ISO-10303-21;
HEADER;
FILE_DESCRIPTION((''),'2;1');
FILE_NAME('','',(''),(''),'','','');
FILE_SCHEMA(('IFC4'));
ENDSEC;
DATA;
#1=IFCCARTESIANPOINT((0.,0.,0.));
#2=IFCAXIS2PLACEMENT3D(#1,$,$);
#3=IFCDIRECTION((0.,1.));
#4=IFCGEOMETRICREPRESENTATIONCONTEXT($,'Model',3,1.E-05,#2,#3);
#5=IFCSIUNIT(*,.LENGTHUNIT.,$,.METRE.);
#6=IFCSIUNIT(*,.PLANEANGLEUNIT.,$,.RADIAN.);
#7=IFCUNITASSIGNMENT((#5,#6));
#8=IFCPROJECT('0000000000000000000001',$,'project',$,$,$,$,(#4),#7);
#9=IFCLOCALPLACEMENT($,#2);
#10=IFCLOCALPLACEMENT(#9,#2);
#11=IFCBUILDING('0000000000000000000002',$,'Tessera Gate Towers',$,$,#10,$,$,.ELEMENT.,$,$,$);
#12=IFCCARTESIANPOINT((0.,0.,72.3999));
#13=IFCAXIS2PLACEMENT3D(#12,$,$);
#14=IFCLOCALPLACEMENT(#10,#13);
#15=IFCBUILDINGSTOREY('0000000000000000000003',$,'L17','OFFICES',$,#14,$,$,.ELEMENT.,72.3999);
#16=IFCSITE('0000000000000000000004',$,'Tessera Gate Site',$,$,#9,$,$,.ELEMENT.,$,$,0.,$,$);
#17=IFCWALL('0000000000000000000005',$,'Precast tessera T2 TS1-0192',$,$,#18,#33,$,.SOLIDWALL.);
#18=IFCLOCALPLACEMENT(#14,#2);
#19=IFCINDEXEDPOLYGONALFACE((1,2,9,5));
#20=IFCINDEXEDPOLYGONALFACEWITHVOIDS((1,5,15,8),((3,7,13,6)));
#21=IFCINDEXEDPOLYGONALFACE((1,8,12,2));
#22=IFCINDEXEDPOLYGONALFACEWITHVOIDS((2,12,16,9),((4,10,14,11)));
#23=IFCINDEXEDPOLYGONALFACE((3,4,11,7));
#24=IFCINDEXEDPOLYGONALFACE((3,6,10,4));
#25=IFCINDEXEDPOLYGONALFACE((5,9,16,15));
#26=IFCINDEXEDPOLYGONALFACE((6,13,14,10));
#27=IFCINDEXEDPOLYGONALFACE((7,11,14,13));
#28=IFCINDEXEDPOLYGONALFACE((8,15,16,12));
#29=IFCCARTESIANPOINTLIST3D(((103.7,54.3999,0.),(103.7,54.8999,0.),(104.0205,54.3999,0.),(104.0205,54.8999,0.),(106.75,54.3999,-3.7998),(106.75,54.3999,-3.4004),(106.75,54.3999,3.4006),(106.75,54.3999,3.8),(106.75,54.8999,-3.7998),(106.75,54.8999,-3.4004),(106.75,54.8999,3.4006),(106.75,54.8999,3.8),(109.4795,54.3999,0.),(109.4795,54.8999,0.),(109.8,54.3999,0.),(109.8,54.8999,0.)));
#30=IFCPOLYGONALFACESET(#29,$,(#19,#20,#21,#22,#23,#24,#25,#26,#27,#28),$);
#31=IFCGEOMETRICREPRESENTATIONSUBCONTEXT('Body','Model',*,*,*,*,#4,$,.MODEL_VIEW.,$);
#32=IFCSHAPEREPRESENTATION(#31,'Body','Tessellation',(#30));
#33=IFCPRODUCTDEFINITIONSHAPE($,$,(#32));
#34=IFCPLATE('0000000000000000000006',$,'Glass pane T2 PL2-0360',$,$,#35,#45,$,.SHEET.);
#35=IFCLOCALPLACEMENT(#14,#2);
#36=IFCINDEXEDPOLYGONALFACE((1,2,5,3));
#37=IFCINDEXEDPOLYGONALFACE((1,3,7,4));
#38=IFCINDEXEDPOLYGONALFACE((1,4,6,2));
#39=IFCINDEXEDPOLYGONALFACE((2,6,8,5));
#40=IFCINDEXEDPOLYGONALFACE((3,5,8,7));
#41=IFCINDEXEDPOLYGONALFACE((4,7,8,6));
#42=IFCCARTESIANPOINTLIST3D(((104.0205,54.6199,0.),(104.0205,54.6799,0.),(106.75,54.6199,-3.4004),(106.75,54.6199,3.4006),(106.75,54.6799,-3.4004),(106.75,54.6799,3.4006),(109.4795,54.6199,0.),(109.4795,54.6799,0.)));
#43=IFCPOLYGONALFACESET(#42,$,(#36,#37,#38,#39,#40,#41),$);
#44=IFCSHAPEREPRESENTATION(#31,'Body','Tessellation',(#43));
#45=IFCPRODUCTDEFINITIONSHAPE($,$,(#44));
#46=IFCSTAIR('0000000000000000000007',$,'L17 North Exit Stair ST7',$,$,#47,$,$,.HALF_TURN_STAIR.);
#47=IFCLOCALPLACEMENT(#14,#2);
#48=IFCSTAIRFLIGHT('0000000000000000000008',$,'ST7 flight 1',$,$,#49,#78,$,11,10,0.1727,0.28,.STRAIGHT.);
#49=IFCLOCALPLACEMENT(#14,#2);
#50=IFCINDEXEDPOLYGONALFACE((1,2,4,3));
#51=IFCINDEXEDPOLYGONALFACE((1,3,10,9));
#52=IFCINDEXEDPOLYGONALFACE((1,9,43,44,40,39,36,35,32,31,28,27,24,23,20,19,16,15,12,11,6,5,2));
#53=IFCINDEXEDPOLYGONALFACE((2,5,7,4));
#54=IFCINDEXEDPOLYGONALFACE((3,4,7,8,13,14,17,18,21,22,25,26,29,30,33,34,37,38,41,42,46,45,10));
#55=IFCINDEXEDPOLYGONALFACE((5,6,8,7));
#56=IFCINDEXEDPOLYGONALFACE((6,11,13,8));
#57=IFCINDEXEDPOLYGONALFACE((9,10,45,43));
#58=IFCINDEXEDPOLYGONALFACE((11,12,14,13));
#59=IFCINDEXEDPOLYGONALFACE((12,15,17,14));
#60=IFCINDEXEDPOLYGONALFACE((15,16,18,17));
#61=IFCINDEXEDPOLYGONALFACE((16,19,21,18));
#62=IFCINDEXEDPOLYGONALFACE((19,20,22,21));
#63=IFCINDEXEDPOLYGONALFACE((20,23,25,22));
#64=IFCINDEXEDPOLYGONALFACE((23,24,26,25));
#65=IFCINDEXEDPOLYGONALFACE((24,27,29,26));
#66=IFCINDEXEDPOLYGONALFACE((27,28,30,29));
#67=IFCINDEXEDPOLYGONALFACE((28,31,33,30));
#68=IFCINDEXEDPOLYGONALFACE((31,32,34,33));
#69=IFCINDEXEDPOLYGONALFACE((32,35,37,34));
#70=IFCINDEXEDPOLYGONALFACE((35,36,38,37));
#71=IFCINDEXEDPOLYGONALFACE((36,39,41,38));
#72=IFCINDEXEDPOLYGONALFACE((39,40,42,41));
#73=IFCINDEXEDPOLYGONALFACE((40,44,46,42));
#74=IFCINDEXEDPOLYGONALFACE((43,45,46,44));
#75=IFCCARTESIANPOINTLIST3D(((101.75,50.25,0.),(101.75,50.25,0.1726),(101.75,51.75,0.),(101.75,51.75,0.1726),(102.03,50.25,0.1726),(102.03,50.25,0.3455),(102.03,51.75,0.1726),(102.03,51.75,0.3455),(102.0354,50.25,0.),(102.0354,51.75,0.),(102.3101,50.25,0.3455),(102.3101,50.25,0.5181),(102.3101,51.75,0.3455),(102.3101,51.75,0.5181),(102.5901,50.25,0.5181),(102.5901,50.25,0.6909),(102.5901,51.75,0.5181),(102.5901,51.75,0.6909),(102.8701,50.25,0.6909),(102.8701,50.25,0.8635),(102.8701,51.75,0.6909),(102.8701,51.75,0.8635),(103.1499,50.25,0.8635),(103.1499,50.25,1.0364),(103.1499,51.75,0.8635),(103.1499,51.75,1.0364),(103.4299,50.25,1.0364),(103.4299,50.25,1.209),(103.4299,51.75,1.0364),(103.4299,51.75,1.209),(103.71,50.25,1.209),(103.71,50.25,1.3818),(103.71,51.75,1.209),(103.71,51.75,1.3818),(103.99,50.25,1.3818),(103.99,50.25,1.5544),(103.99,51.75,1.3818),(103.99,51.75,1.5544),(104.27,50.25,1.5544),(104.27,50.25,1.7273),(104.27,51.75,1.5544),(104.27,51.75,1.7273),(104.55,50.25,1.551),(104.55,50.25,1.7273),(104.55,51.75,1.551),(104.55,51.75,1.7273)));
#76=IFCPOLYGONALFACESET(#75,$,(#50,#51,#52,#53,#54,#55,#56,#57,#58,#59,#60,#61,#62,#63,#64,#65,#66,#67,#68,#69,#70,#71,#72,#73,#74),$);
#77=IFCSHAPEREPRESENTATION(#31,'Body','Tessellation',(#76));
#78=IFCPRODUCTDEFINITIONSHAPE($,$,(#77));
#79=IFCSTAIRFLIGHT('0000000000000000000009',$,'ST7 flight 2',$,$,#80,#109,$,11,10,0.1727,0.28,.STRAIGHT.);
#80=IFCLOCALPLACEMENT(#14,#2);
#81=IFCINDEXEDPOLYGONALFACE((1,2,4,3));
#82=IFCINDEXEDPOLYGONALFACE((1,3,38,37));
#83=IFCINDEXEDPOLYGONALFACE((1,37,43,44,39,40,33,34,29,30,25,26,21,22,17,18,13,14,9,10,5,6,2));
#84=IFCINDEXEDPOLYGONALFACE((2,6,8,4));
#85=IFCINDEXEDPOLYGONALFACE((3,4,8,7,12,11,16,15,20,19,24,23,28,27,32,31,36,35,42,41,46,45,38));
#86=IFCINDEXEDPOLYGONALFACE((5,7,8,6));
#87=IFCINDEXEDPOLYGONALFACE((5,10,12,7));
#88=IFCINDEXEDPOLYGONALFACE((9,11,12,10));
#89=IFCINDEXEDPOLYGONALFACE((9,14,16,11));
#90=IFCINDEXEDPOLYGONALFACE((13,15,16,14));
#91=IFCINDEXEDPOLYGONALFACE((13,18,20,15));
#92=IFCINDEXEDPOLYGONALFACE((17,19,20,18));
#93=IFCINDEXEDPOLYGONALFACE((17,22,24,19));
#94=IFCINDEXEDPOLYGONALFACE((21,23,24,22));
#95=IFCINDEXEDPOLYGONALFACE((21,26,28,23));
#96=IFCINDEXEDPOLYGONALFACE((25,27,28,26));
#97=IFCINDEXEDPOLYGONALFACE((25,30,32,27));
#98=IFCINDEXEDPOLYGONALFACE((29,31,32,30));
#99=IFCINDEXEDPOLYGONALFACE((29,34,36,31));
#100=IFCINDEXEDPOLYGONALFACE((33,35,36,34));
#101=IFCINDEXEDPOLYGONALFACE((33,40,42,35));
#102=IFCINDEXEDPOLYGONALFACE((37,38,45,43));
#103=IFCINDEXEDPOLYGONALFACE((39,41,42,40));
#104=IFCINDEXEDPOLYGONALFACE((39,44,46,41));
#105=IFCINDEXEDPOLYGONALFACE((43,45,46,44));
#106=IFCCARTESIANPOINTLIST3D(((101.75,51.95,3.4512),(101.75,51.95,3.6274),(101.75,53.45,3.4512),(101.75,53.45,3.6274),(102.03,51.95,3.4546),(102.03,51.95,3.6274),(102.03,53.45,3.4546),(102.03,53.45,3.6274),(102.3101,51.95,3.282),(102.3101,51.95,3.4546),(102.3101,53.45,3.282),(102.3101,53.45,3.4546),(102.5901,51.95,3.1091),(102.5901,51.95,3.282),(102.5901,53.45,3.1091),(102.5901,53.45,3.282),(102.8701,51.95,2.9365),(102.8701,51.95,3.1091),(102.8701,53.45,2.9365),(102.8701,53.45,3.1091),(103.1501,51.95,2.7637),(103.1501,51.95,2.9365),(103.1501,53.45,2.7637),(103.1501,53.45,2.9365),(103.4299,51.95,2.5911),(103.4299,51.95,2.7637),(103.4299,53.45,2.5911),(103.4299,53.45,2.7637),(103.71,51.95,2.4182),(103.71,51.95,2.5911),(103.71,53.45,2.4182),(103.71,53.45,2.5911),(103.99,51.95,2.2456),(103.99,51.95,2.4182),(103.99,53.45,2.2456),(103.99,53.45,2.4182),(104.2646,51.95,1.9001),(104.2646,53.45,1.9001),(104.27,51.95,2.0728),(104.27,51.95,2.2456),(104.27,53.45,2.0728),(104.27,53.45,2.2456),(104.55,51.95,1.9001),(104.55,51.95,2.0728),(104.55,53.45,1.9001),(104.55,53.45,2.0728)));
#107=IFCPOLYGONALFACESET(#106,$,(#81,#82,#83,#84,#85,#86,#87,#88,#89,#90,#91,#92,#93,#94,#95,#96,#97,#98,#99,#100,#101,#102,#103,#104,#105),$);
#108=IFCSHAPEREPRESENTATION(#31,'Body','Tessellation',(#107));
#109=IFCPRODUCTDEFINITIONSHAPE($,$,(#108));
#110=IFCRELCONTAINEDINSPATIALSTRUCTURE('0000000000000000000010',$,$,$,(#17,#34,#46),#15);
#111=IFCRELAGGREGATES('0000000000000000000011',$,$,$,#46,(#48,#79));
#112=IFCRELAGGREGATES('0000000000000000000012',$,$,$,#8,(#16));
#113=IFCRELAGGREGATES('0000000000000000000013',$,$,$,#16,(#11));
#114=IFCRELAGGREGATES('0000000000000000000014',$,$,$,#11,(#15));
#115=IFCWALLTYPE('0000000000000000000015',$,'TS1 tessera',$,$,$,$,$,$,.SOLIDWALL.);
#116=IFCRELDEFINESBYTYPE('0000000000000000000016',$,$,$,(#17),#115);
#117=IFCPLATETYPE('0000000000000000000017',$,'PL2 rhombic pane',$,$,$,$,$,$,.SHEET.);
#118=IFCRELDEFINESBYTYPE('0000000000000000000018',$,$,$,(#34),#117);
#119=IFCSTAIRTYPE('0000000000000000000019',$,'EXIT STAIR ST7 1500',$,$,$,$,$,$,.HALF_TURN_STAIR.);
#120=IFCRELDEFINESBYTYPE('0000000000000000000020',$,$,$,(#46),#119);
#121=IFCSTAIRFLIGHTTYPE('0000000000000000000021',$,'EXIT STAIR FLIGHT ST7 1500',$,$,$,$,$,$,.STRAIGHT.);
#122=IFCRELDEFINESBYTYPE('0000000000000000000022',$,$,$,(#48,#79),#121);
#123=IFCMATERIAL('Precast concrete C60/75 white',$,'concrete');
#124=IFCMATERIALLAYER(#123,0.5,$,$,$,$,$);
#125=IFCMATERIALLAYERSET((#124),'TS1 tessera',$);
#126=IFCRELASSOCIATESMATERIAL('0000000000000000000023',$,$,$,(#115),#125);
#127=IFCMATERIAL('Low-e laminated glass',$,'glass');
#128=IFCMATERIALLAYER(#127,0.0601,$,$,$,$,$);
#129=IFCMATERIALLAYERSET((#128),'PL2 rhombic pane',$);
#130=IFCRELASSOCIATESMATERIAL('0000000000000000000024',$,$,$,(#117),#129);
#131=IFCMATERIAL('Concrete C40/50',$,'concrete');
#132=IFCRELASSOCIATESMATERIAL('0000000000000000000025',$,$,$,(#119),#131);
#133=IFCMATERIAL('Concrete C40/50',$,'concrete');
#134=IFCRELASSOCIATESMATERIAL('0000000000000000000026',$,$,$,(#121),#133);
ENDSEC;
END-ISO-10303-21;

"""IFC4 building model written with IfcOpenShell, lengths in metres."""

from ifc_helpers import new_model, si_unit, direction, frame, origin, place, context, subcontext, project, spatial, polyline, outline, extrude, source, transform, mapped, material, layer, layer_set, type_object, element, fill, aggregate, save


model = new_model("IFC4")

# Units and contexts
model_context = context("Model", 3, precision=1e-05, world=origin(), true_north=direction((0.0, 1.0)))
body_context = subcontext(model_context, "Body", "Model", "MODEL_VIEW")
ifc_project = project(units=[si_unit("LENGTHUNIT", "METRE"), si_unit("PLANEANGLEUNIT", "RADIAN")], contexts=[model_context])

# Site, building, storey
site_placement = place(None, origin())
site = spatial("IfcSite", under=ifc_project, at=site_placement, Name="Tessera Gate Site", CompositionType="ELEMENT", RefElevation=0.0)
building_placement = place(site_placement, origin())
building = spatial("IfcBuilding", under=site, at=building_placement, Name="Tessera Gate Towers", CompositionType="ELEMENT")
storey_placement = place(building_placement, frame((0.0, 0.0, 72.3999)))
storey = spatial("IfcBuildingStorey", under=building, at=storey_placement, Name="L17", Description="OFFICES", CompositionType="ELEMENT", Elevation=72.3999)

# Wall, opening, plate
ifc_material_1 = material(Name="Precast concrete C60/75 white", Category="concrete")
ifc_layer_1 = layer(ifc_material_1, 0.5)
ifc_layer_set_1 = layer_set([ifc_layer_1], Name="TS1 tessera")
wall_type_1 = type_object("IfcWallType", Name="TS1 tessera", PredefinedType="SOLIDWALL", material=ifc_layer_set_1)
shared_shape_1 = source(origin(), body_context, "Body", "SweptSolid", [
    extrude(outline(polyline([(3.05, 0.0), (6.1001, 3.7998), (3.05, 7.5999), (0.0, 3.7998), (3.05, 0.0)])), frame((0.0, 0.25, 0.0), z_axis=(0.0, -1.0, 0.0), x_axis=(1.0, 0.0, 0.0)), (0.0, 0.0, 1.0), 0.5),
])
wall_1_placement = place(storey_placement, frame((109.8, 54.6499, -3.7998), z_axis=(0.0, 0.0, 1.0), x_axis=(-1.0, 0.0, 0.0)))
wall_1 = element("IfcWall", 1, at=wall_1_placement, inside=storey, type_object=wall_type_1, Name="Precast tessera T2 TS1-0192", PredefinedType="SOLIDWALL", context=body_context, shape_type="MappedRepresentation", body=[
    mapped(shared_shape_1, transform((0.0, 0.0, 0.0), scale=1.0)),
])
shared_shape_2 = source(origin(), body_context, "Body", "SweptSolid", [
    extrude(outline(polyline([(3.05, 0.3994), (5.7795, 3.7998), (3.05, 7.2004), (0.3206, 3.7998), (3.05, 0.3994)])), frame((0.0, 0.26, 0.0), z_axis=(0.0, -1.0, 0.0), x_axis=(1.0, 0.0, 0.0)), (0.0, 0.0, 1.0), 0.52),
])
opening_1_placement = place(wall_1_placement, origin())
opening_1 = element("IfcOpeningElement", 2, at=opening_1_placement, cuts=wall_1, PredefinedType="OPENING", context=body_context, shape_type="MappedRepresentation", body=[
    mapped(shared_shape_2, transform((0.0, 0.0, 0.0), scale=1.0)),
])
ifc_material_2 = material(Name="Low-e laminated glass", Category="glass")
ifc_layer_2 = layer(ifc_material_2, 0.0601)
ifc_layer_set_2 = layer_set([ifc_layer_2], Name="PL2 rhombic pane")
plate_type = type_object("IfcPlateType", Name="PL2 rhombic pane", PredefinedType="SHEET", material=ifc_layer_set_2)
shared_shape_3 = source(origin(), body_context, "Body", "SweptSolid", [
    extrude(outline(polyline([(3.05, 0.3994), (5.7795, 3.7998), (3.05, 7.2004), (0.3206, 3.7998), (3.05, 0.3994)])), frame((0.0, 0.03, 0.0), z_axis=(0.0, -1.0, 0.0), x_axis=(1.0, 0.0, 0.0)), (0.0, 0.0, 1.0), 0.0601),
])
plate_placement = place(opening_1_placement, origin())
plate = element("IfcPlate", 3, at=plate_placement, inside=storey, type_object=plate_type, Name="Glass pane T2 PL2-0360", PredefinedType="SHEET", context=body_context, shape_type="MappedRepresentation", body=[
    mapped(shared_shape_3, transform((0.0, 0.0, 0.0), scale=1.0)),
])
fill(opening_1, plate)

# Stair, stair flights
ifc_material_3 = material(Name="Concrete C40/50", Category="concrete")
stair_type = type_object("IfcStairType", Name="EXIT STAIR ST7 1500", PredefinedType="HALF_TURN_STAIR", material=ifc_material_3)
stair_placement = place(storey_placement, origin())
stair = element("IfcStair", 4, at=stair_placement, inside=storey, type_object=stair_type, Name="L17 North Exit Stair ST7", PredefinedType="HALF_TURN_STAIR")
ifc_material_4 = material(Name="Concrete C40/50", Category="concrete")
stair_flight_type = type_object("IfcStairFlightType", Name="EXIT STAIR FLIGHT ST7 1500", PredefinedType="STRAIGHT", material=ifc_material_4)
stair_flight_1_placement = place(storey_placement, frame((101.75, 51.0, 0.0), z_axis=(0.0, 0.0, 1.0), x_axis=(1.0, 0.0, 0.0)))
stair_flight_1 = element("IfcStairFlight", 5, at=stair_flight_1_placement, type_object=stair_flight_type, Name="ST7 flight 1", NumberOfRisers=11, NumberOfTreads=10, PredefinedType="STRAIGHT", RiserHeight=0.1727, TreadLength=0.28, context=body_context, shape_type="SweptSolid", body=[
    extrude(outline(polyline([(0.0, 0.0), (0.0, 0.1726), (0.28, 0.1726), (0.28, 0.3455), (0.5601, 0.3455), (0.5601, 0.5181), (0.8401, 0.5181), (0.8401, 0.6909), (1.1201, 0.6909), (1.1201, 0.8635), (1.3999, 0.8635), (1.3999, 1.0364), (1.6799, 1.0364), (1.6799, 1.209), (1.96, 1.209), (1.96, 1.3818), (2.24, 1.3818), (2.24, 1.5544), (2.52, 1.5544), (2.52, 1.7273), (2.8, 1.7273), (2.8, 1.8999), (2.8, 1.551), (0.2854, 0.0), (0.0, 0.0)])), frame((0.0, 0.75, 0.0), z_axis=(0.0, -1.0, 0.0), x_axis=(1.0, 0.0, 0.0)), (0.0, 0.0, 1.0), 1.5),
])
stair_flight_2_placement = place(storey_placement, frame((104.55, 52.7, 1.9001), z_axis=(0.0, 0.0, 1.0), x_axis=(-1.0, 0.0, 0.0)))
stair_flight_2 = element("IfcStairFlight", 6, at=stair_flight_2_placement, type_object=stair_flight_type, Name="ST7 flight 2", NumberOfRisers=11, NumberOfTreads=10, PredefinedType="STRAIGHT", RiserHeight=0.1727, TreadLength=0.28, context=body_context, shape_type="SweptSolid", body=[
    extrude(outline(polyline([(0.0, 0.0), (0.0, 0.1726), (0.28, 0.1726), (0.28, 0.3455), (0.5601, 0.3455), (0.5601, 0.5181), (0.8401, 0.5181), (0.8401, 0.6909), (1.1201, 0.6909), (1.1201, 0.8635), (1.3999, 0.8635), (1.3999, 1.0364), (1.6799, 1.0364), (1.6799, 1.209), (1.96, 1.209), (1.96, 1.3818), (2.24, 1.3818), (2.24, 1.5544), (2.52, 1.5544), (2.52, 1.7273), (2.8, 1.7273), (2.8, 1.8999), (2.8, 1.551), (0.2854, 0.0), (0.0, 0.0)])), frame((0.0, 0.75, 0.0), z_axis=(0.0, -1.0, 0.0), x_axis=(1.0, 0.0, 0.0)), (0.0, 0.0, 1.0), 1.5),
])
aggregate(stair, [stair_flight_1, stair_flight_2])

save(model, "model.ifc")
